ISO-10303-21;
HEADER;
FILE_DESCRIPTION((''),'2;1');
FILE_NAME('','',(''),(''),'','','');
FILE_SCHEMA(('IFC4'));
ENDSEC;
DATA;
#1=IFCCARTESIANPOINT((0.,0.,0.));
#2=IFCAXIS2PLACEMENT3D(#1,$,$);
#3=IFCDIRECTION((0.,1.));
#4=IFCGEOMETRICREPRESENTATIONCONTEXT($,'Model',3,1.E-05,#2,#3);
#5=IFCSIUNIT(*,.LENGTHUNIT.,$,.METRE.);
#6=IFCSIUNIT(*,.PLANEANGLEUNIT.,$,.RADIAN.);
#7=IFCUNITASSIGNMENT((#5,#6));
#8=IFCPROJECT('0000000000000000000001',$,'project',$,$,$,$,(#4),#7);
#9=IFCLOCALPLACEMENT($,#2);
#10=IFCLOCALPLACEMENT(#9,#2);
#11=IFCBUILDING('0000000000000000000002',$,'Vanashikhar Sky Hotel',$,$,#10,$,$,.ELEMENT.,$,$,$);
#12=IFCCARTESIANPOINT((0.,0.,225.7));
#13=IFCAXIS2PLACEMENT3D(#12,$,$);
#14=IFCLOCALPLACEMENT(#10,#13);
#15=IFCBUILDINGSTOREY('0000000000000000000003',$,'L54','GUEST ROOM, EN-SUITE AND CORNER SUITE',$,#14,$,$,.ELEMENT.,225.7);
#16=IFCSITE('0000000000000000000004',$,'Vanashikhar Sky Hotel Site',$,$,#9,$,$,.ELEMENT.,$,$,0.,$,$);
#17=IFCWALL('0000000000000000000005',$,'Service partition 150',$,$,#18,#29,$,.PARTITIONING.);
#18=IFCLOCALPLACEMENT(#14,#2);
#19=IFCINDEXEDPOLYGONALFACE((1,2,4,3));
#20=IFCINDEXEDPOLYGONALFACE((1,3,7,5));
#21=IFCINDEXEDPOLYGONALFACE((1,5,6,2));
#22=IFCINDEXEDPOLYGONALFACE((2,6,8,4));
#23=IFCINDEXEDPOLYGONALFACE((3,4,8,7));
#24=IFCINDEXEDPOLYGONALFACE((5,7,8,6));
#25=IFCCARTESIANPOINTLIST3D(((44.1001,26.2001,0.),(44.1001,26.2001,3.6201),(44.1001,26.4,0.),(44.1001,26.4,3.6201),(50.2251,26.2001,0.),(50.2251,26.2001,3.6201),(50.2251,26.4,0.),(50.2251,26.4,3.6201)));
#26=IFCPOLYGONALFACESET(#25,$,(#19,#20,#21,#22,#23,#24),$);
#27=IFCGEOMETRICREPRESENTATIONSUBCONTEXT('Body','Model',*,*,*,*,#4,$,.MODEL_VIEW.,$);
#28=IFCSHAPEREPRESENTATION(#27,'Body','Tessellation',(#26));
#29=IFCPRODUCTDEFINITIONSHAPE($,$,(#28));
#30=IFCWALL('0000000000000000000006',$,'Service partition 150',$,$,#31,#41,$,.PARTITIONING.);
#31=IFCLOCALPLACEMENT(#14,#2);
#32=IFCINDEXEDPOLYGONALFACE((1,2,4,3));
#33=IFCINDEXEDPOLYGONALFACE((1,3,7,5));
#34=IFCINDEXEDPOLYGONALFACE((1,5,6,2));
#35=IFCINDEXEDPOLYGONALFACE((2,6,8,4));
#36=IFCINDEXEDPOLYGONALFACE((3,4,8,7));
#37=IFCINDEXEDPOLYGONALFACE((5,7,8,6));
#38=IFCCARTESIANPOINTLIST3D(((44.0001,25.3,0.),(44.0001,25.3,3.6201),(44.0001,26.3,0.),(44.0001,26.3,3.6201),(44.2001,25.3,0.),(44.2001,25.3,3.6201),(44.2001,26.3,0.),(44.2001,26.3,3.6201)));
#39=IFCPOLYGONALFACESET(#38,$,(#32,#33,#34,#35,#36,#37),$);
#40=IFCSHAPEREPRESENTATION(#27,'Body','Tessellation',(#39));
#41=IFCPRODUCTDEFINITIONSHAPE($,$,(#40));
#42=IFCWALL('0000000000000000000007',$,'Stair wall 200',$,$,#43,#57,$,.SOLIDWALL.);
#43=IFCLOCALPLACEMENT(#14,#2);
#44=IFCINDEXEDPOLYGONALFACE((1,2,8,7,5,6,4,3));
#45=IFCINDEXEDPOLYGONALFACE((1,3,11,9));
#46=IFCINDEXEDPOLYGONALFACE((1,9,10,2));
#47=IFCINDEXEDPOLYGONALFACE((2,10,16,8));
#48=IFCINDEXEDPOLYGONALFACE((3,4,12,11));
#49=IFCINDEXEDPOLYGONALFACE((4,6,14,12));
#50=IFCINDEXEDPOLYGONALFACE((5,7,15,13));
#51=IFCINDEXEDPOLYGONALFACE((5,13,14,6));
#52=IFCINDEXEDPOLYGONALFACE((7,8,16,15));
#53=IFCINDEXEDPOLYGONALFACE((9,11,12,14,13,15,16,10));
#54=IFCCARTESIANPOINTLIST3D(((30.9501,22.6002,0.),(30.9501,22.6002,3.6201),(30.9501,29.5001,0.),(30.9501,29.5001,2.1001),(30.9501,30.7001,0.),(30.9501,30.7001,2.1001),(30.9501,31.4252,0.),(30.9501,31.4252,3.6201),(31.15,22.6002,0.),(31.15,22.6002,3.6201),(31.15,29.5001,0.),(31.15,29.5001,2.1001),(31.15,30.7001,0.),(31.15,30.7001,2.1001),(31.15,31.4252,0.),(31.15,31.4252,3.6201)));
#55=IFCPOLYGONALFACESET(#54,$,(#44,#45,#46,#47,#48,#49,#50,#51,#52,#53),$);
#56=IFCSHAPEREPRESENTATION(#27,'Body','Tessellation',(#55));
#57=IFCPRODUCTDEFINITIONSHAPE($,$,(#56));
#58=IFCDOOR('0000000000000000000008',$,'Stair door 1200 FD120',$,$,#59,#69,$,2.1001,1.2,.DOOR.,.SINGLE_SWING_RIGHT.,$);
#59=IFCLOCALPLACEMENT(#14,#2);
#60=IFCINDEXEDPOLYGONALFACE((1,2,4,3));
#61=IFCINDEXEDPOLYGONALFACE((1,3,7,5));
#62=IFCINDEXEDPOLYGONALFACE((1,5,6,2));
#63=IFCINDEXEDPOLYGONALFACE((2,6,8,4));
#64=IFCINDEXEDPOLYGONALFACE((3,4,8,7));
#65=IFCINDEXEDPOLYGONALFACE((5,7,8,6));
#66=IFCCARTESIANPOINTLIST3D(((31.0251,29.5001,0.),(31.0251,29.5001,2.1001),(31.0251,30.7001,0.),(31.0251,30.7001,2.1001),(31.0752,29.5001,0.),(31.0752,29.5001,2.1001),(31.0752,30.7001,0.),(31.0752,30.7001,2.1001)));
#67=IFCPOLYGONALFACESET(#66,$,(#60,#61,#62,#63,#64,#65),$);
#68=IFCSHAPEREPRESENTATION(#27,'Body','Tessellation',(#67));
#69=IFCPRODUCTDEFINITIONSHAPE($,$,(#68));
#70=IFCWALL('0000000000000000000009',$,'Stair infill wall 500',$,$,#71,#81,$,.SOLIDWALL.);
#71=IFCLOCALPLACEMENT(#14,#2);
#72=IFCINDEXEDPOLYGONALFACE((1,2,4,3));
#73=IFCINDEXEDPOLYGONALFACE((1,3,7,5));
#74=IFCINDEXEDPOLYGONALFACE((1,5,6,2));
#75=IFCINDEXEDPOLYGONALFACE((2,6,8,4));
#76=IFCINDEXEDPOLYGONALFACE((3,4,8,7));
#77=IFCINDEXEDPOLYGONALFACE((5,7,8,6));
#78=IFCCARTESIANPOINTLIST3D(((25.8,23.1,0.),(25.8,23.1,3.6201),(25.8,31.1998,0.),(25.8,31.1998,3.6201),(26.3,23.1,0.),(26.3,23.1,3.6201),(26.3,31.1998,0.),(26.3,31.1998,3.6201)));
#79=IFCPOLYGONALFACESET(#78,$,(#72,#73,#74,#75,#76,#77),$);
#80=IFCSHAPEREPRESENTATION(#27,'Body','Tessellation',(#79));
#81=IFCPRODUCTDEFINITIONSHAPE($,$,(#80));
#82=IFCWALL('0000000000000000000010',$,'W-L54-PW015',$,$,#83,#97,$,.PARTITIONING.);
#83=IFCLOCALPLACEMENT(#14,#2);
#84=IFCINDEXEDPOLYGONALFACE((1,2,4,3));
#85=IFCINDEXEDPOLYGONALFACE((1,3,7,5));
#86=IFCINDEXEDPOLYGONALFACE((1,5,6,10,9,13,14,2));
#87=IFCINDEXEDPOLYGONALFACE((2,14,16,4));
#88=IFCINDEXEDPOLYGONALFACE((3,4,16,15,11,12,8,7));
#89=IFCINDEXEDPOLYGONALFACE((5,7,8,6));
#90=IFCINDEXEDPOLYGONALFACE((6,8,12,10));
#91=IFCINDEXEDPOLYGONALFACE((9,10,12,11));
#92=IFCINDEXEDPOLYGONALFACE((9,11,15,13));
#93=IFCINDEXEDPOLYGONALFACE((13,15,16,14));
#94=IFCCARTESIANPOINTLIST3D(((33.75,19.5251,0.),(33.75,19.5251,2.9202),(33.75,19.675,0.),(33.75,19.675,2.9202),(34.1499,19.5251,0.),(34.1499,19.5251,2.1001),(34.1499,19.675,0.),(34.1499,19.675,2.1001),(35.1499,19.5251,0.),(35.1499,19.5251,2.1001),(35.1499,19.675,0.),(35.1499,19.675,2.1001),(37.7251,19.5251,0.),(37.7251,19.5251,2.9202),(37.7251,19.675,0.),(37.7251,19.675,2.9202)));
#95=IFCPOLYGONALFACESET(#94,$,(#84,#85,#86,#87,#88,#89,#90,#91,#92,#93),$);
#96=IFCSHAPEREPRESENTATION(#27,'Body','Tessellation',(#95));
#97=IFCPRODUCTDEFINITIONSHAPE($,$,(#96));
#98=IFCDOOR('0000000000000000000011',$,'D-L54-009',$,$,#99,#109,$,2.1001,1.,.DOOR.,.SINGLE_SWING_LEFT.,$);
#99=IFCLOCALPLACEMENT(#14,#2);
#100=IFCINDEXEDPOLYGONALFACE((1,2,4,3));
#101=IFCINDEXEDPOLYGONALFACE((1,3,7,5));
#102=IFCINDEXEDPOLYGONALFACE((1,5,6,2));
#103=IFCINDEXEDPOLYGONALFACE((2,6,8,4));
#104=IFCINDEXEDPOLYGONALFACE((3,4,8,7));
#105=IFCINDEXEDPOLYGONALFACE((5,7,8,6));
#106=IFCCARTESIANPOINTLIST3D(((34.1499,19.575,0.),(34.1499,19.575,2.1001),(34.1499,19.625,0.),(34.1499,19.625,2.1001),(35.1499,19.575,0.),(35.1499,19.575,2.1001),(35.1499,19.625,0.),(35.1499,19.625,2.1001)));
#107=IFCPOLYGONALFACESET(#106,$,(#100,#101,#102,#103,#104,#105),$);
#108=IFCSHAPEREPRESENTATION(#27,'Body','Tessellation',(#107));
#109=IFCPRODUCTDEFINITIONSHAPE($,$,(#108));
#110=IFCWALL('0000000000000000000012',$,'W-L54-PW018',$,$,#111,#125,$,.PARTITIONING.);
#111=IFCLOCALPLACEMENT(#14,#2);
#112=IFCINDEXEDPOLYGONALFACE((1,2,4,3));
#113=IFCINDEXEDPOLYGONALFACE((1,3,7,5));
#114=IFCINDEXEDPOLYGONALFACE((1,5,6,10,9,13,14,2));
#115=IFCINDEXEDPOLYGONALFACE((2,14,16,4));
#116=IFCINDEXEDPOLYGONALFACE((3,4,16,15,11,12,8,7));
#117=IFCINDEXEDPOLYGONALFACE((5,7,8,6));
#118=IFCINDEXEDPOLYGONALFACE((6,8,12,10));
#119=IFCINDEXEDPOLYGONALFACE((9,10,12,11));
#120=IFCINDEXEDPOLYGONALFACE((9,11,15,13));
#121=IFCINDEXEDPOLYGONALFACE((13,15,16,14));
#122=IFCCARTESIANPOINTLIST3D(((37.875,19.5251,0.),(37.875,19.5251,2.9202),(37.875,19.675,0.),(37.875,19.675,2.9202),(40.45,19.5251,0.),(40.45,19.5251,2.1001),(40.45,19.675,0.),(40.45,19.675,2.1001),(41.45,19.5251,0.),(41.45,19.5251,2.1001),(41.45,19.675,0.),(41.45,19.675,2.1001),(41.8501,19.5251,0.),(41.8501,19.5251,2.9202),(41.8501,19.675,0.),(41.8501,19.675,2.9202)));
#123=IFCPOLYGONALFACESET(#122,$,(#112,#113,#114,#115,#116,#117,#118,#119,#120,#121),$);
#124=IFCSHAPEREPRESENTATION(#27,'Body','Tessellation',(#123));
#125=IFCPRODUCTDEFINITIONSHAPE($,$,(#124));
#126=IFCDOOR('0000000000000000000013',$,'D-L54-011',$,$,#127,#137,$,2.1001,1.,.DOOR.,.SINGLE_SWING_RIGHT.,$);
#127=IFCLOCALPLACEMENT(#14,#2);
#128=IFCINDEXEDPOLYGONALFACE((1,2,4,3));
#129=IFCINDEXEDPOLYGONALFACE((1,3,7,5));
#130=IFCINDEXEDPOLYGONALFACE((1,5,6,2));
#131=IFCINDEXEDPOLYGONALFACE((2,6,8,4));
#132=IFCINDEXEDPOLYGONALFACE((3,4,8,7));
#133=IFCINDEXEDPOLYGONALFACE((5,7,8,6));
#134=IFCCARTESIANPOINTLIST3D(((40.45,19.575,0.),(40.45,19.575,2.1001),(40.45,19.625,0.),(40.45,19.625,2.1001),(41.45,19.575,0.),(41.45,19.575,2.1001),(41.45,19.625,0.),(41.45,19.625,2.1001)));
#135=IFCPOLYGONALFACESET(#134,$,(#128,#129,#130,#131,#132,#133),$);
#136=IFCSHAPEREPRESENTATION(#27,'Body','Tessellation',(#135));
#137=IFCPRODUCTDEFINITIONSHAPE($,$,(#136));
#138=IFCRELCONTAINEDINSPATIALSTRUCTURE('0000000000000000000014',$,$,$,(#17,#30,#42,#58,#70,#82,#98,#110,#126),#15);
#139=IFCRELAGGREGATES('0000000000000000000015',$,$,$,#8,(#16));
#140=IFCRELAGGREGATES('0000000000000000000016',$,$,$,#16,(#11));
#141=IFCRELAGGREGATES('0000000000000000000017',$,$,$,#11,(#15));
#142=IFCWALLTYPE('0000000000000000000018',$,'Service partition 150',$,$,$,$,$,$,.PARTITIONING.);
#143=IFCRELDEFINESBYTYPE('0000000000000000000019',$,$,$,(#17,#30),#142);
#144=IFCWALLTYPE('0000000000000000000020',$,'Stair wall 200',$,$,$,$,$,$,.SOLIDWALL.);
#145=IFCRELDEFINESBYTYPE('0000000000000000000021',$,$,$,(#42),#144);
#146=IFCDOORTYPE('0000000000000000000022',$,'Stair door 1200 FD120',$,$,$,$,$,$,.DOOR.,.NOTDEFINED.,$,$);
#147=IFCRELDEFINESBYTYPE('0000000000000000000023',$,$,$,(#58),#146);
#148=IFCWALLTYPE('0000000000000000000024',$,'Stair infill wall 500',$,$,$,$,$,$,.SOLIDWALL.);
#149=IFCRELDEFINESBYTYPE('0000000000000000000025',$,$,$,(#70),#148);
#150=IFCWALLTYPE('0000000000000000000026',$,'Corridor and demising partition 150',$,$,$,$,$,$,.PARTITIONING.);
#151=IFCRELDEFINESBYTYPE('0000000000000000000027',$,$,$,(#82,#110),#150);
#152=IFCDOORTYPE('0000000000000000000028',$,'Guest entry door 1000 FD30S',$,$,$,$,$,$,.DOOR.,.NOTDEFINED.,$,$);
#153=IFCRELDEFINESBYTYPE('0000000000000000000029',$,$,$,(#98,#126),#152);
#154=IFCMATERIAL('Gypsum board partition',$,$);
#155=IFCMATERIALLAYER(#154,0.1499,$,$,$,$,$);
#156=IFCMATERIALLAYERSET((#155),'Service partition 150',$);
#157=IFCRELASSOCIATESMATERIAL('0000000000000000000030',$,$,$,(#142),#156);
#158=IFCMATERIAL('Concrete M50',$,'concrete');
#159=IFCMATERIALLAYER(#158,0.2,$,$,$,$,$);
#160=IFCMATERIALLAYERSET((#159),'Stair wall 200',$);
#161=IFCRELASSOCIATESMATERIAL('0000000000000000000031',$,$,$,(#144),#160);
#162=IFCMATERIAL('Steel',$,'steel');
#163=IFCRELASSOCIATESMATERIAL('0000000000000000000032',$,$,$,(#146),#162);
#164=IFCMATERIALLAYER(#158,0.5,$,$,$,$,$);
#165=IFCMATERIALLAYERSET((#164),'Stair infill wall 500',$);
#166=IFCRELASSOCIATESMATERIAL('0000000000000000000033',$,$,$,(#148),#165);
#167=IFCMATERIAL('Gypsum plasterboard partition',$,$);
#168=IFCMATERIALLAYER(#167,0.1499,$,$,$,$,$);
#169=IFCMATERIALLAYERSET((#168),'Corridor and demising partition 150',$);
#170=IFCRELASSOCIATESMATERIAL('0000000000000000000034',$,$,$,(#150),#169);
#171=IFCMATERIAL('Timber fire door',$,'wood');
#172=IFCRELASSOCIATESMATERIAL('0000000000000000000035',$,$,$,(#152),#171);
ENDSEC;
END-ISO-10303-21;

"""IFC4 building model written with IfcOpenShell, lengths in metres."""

from ifc_helpers import new_model, si_unit, direction, frame, frame_2d, origin, place, context, subcontext, project, spatial, rectangle, extrude, source, transform, mapped, material, layer, layer_set, type_object, element, fill, save


model = new_model("IFC4")

# Units and contexts
model_context = context("Model", 3, precision=1e-05, world=origin(), true_north=direction((0.0, 1.0)))
body_context = subcontext(model_context, "Body", "Model", "MODEL_VIEW")
ifc_project = project(units=[si_unit("LENGTHUNIT", "METRE"), si_unit("PLANEANGLEUNIT", "RADIAN")], contexts=[model_context])

# Site, building, storey
site_placement = place(None, origin())
site = spatial("IfcSite", under=ifc_project, at=site_placement, Name="Vanashikhar Sky Hotel Site", CompositionType="ELEMENT", RefElevation=0.0)
building_placement = place(site_placement, origin())
building = spatial("IfcBuilding", under=site, at=building_placement, Name="Vanashikhar Sky Hotel", CompositionType="ELEMENT")
storey_placement = place(building_placement, frame((0.0, 0.0, 225.7)))
storey = spatial("IfcBuildingStorey", under=building, at=storey_placement, Name="L54", Description="GUEST ROOM, EN-SUITE AND CORNER SUITE", CompositionType="ELEMENT", Elevation=225.7)

# Shared definitions
ifc_material_1 = material(Name="Concrete M50", Category="concrete")

# Shared definitions
ifc_material_2 = material(Name="Steel", Category="steel")

# Shared definitions
ifc_material_3 = material(Name="Gypsum board partition")
ifc_layer_1 = layer(ifc_material_3, 0.1499)
ifc_layer_set_1 = layer_set([ifc_layer_1], Name="Service partition 150")
wall_type_1 = type_object("IfcWallType", Name="Service partition 150", PredefinedType="PARTITIONING", material=ifc_layer_set_1)

# Walls
shared_shape_1 = source(origin(), body_context, "Body", "SweptSolid", [
    extrude(rectangle(XDim=6.125, YDim=0.2, at=frame_2d((3.0625, 0.0))), origin(), (0.0, 0.0, 1.0), 3.6201),
])
for number, where, z_axis, x_axis, name in (
    (1, (44.1001, 26.3, 0.0), (0.0, 0.0, 1.0), (1.0, 0.0, 0.0), "Service partition 150"),
):
    element("IfcWall", number, at=place(storey_placement, frame(where, z_axis=z_axis, x_axis=x_axis)), inside=storey, type_object=wall_type_1, Name=name, PredefinedType="PARTITIONING", context=body_context, shape_type="MappedRepresentation", body=[
        mapped(shared_shape_1, transform((0.0, 0.0, 0.0), scale=1.0)),
    ])
shared_shape_2 = source(origin(), body_context, "Body", "SweptSolid", [
    extrude(rectangle(XDim=1.0, YDim=0.2, at=frame_2d((0.5, 0.0))), origin(), (0.0, 0.0, 1.0), 3.6201),
])
wall_1_placement = place(storey_placement, frame((44.1001, 25.3, 0.0), z_axis=(0.0, 0.0, 1.0), x_axis=(0.0, 1.0, 0.0)))
element("IfcWall", 2, at=wall_1_placement, inside=storey, type_object=wall_type_1, Name="Service partition 150", PredefinedType="PARTITIONING", context=body_context, shape_type="MappedRepresentation", body=[
    mapped(shared_shape_2, transform((0.0, 0.0, 0.0), scale=1.0)),
])

# Wall, opening, door
ifc_layer_2 = layer(ifc_material_1, 0.2)
ifc_layer_set_2 = layer_set([ifc_layer_2], Name="Stair wall 200")
wall_type_2 = type_object("IfcWallType", Name="Stair wall 200", PredefinedType="SOLIDWALL", material=ifc_layer_set_2)
shared_shape_3 = source(origin(), body_context, "Body", "SweptSolid", [
    extrude(rectangle(XDim=8.825, YDim=0.2, at=frame_2d((4.4126, 0.0))), origin(), (0.0, 0.0, 1.0), 3.6201),
])
wall_2_placement = place(storey_placement, frame((31.05, 22.6001, 0.0), z_axis=(0.0, 0.0, 1.0), x_axis=(0.0, 1.0, 0.0)))
wall_2 = element("IfcWall", 3, at=wall_2_placement, inside=storey, type_object=wall_type_2, Name="Stair wall 200", PredefinedType="SOLIDWALL", context=body_context, shape_type="MappedRepresentation", body=[
    mapped(shared_shape_3, transform((0.0, 0.0, 0.0), scale=1.0)),
])
shared_shape_4 = source(origin(), body_context, "Body", "SweptSolid", [
    extrude(rectangle(XDim=1.2, YDim=2.1001, at=frame_2d((0.6001, 1.05))), frame((0.0, 0.1099, 0.0), z_axis=(0.0, -1.0, 0.0), x_axis=(1.0, 0.0, 0.0)), (0.0, 0.0, 1.0), 0.22),
])
opening_1_placement = place(wall_2_placement, frame((6.8999, 0.0, 0.0)))
opening_1 = element("IfcOpeningElement", 4, at=opening_1_placement, cuts=wall_2, PredefinedType="OPENING", context=body_context, shape_type="MappedRepresentation", body=[
    mapped(shared_shape_4, transform((0.0, 0.0, 0.0), scale=1.0)),
])
door_type_1 = type_object("IfcDoorType", Name="Stair door 1200 FD120", OperationType="NOTDEFINED", PredefinedType="DOOR", material=ifc_material_2)
shared_shape_5 = source(origin(), body_context, "Body", "SweptSolid", [
    extrude(rectangle(XDim=1.2, YDim=2.1001, at=frame_2d((0.6001, 1.05))), frame((0.0, 0.0249, 0.0), z_axis=(0.0, -1.0, 0.0), x_axis=(1.0, 0.0, 0.0)), (0.0, 0.0, 1.0), 0.05),
])
door_1_placement = place(opening_1_placement, origin())
door_1 = element("IfcDoor", 5, at=door_1_placement, inside=storey, type_object=door_type_1, Name="Stair door 1200 FD120", OperationType="SINGLE_SWING_RIGHT", OverallHeight=2.1001, OverallWidth=1.2, PredefinedType="DOOR", context=body_context, shape_type="MappedRepresentation", body=[
    mapped(shared_shape_5, transform((0.0, 0.0, 0.0), scale=1.0)),
])
fill(opening_1, door_1)

# Wall
ifc_layer_3 = layer(ifc_material_1, 0.5)
ifc_layer_set_3 = layer_set([ifc_layer_3], Name="Stair infill wall 500")
wall_type_3 = type_object("IfcWallType", Name="Stair infill wall 500", PredefinedType="SOLIDWALL", material=ifc_layer_set_3)
shared_shape_6 = source(origin(), body_context, "Body", "SweptSolid", [
    extrude(rectangle(XDim=8.0999, YDim=0.5, at=frame_2d((4.0498, 0.0))), origin(), (0.0, 0.0, 1.0), 3.6201),
])
wall_3_placement = place(storey_placement, frame((26.05, 23.1001, 0.0), z_axis=(0.0, 0.0, 1.0), x_axis=(0.0, 1.0, 0.0)))
element("IfcWall", 6, at=wall_3_placement, inside=storey, type_object=wall_type_3, Name="Stair infill wall 500", PredefinedType="SOLIDWALL", context=body_context, shape_type="MappedRepresentation", body=[
    mapped(shared_shape_6, transform((0.0, 0.0, 0.0), scale=1.0)),
])

# Walls, openings, doors
ifc_material_4 = material(Name="Gypsum plasterboard partition")
ifc_layer_4 = layer(ifc_material_4, 0.1499)
ifc_layer_set_4 = layer_set([ifc_layer_4], Name="Corridor and demising partition 150")
wall_type_4 = type_object("IfcWallType", Name="Corridor and demising partition 150", PredefinedType="PARTITIONING", material=ifc_layer_set_4)
shared_shape_7 = source(origin(), body_context, "Body", "SweptSolid", [
    extrude(rectangle(XDim=3.9751, YDim=0.1499, at=frame_2d((1.9875, 0.0))), origin(), (0.0, 0.0, 1.0), 2.9202),
])
wall_4_placement = place(storey_placement, frame((33.75, 19.6001, 0.0), z_axis=(0.0, 0.0, 1.0), x_axis=(1.0, 0.0, 0.0)))
wall_4 = element("IfcWall", 7, at=wall_4_placement, inside=storey, type_object=wall_type_4, Name="W-L54-PW015", PredefinedType="PARTITIONING", context=body_context, shape_type="MappedRepresentation", body=[
    mapped(shared_shape_7, transform((0.0, 0.0, 0.0), scale=1.0)),
])
shared_shape_8 = source(origin(), body_context, "Body", "SweptSolid", [
    extrude(rectangle(XDim=1.0, YDim=2.1001, at=frame_2d((0.5, 1.05))), frame((0.0, 0.085, 0.0), z_axis=(0.0, -1.0, 0.0), x_axis=(1.0, 0.0, 0.0)), (0.0, 0.0, 1.0), 0.1699),
])
opening_2_placement = place(wall_4_placement, frame((0.3999, 0.0, 0.0)))
opening_2 = element("IfcOpeningElement", 8, at=opening_2_placement, cuts=wall_4, PredefinedType="OPENING", context=body_context, shape_type="MappedRepresentation", body=[
    mapped(shared_shape_8, transform((0.0, 0.0, 0.0), scale=1.0)),
])
ifc_material_5 = material(Name="Timber fire door", Category="wood")
door_type_2 = type_object("IfcDoorType", Name="Guest entry door 1000 FD30S", OperationType="NOTDEFINED", PredefinedType="DOOR", material=ifc_material_5)
shared_shape_9 = source(origin(), body_context, "Body", "SweptSolid", [
    extrude(rectangle(XDim=1.0, YDim=2.1001, at=frame_2d((0.5, 1.05))), frame((0.0, 0.0249, 0.0), z_axis=(0.0, -1.0, 0.0), x_axis=(1.0, 0.0, 0.0)), (0.0, 0.0, 1.0), 0.05),
])
door_2_placement = place(opening_2_placement, origin())
door_2 = element("IfcDoor", 9, at=door_2_placement, inside=storey, type_object=door_type_2, Name="D-L54-009", OperationType="SINGLE_SWING_LEFT", OverallHeight=2.1001, OverallWidth=1.0, PredefinedType="DOOR", context=body_context, shape_type="MappedRepresentation", body=[
    mapped(shared_shape_9, transform((0.0, 0.0, 0.0), scale=1.0)),
])
fill(opening_2, door_2)
wall_5_placement = place(storey_placement, frame((37.875, 19.6001, 0.0), z_axis=(0.0, 0.0, 1.0), x_axis=(1.0, 0.0, 0.0)))
wall_5 = element("IfcWall", 10, at=wall_5_placement, inside=storey, type_object=wall_type_4, Name="W-L54-PW018", PredefinedType="PARTITIONING", context=body_context, shape_type="MappedRepresentation", body=[
    mapped(shared_shape_7, transform((0.0, 0.0, 0.0), scale=1.0)),
])
opening_3_placement = place(wall_5_placement, frame((2.575, 0.0, 0.0)))
opening_3 = element("IfcOpeningElement", 11, at=opening_3_placement, cuts=wall_5, PredefinedType="OPENING", context=body_context, shape_type="MappedRepresentation", body=[
    mapped(shared_shape_8, transform((0.0, 0.0, 0.0), scale=1.0)),
])
door_3_placement = place(opening_3_placement, origin())
door_3 = element("IfcDoor", 12, at=door_3_placement, inside=storey, type_object=door_type_2, Name="D-L54-011", OperationType="SINGLE_SWING_RIGHT", OverallHeight=2.1001, OverallWidth=1.0, PredefinedType="DOOR", context=body_context, shape_type="MappedRepresentation", body=[
    mapped(shared_shape_9, transform((0.0, 0.0, 0.0), scale=1.0)),
])
fill(opening_3, door_3)

save(model, "model.ifc")
